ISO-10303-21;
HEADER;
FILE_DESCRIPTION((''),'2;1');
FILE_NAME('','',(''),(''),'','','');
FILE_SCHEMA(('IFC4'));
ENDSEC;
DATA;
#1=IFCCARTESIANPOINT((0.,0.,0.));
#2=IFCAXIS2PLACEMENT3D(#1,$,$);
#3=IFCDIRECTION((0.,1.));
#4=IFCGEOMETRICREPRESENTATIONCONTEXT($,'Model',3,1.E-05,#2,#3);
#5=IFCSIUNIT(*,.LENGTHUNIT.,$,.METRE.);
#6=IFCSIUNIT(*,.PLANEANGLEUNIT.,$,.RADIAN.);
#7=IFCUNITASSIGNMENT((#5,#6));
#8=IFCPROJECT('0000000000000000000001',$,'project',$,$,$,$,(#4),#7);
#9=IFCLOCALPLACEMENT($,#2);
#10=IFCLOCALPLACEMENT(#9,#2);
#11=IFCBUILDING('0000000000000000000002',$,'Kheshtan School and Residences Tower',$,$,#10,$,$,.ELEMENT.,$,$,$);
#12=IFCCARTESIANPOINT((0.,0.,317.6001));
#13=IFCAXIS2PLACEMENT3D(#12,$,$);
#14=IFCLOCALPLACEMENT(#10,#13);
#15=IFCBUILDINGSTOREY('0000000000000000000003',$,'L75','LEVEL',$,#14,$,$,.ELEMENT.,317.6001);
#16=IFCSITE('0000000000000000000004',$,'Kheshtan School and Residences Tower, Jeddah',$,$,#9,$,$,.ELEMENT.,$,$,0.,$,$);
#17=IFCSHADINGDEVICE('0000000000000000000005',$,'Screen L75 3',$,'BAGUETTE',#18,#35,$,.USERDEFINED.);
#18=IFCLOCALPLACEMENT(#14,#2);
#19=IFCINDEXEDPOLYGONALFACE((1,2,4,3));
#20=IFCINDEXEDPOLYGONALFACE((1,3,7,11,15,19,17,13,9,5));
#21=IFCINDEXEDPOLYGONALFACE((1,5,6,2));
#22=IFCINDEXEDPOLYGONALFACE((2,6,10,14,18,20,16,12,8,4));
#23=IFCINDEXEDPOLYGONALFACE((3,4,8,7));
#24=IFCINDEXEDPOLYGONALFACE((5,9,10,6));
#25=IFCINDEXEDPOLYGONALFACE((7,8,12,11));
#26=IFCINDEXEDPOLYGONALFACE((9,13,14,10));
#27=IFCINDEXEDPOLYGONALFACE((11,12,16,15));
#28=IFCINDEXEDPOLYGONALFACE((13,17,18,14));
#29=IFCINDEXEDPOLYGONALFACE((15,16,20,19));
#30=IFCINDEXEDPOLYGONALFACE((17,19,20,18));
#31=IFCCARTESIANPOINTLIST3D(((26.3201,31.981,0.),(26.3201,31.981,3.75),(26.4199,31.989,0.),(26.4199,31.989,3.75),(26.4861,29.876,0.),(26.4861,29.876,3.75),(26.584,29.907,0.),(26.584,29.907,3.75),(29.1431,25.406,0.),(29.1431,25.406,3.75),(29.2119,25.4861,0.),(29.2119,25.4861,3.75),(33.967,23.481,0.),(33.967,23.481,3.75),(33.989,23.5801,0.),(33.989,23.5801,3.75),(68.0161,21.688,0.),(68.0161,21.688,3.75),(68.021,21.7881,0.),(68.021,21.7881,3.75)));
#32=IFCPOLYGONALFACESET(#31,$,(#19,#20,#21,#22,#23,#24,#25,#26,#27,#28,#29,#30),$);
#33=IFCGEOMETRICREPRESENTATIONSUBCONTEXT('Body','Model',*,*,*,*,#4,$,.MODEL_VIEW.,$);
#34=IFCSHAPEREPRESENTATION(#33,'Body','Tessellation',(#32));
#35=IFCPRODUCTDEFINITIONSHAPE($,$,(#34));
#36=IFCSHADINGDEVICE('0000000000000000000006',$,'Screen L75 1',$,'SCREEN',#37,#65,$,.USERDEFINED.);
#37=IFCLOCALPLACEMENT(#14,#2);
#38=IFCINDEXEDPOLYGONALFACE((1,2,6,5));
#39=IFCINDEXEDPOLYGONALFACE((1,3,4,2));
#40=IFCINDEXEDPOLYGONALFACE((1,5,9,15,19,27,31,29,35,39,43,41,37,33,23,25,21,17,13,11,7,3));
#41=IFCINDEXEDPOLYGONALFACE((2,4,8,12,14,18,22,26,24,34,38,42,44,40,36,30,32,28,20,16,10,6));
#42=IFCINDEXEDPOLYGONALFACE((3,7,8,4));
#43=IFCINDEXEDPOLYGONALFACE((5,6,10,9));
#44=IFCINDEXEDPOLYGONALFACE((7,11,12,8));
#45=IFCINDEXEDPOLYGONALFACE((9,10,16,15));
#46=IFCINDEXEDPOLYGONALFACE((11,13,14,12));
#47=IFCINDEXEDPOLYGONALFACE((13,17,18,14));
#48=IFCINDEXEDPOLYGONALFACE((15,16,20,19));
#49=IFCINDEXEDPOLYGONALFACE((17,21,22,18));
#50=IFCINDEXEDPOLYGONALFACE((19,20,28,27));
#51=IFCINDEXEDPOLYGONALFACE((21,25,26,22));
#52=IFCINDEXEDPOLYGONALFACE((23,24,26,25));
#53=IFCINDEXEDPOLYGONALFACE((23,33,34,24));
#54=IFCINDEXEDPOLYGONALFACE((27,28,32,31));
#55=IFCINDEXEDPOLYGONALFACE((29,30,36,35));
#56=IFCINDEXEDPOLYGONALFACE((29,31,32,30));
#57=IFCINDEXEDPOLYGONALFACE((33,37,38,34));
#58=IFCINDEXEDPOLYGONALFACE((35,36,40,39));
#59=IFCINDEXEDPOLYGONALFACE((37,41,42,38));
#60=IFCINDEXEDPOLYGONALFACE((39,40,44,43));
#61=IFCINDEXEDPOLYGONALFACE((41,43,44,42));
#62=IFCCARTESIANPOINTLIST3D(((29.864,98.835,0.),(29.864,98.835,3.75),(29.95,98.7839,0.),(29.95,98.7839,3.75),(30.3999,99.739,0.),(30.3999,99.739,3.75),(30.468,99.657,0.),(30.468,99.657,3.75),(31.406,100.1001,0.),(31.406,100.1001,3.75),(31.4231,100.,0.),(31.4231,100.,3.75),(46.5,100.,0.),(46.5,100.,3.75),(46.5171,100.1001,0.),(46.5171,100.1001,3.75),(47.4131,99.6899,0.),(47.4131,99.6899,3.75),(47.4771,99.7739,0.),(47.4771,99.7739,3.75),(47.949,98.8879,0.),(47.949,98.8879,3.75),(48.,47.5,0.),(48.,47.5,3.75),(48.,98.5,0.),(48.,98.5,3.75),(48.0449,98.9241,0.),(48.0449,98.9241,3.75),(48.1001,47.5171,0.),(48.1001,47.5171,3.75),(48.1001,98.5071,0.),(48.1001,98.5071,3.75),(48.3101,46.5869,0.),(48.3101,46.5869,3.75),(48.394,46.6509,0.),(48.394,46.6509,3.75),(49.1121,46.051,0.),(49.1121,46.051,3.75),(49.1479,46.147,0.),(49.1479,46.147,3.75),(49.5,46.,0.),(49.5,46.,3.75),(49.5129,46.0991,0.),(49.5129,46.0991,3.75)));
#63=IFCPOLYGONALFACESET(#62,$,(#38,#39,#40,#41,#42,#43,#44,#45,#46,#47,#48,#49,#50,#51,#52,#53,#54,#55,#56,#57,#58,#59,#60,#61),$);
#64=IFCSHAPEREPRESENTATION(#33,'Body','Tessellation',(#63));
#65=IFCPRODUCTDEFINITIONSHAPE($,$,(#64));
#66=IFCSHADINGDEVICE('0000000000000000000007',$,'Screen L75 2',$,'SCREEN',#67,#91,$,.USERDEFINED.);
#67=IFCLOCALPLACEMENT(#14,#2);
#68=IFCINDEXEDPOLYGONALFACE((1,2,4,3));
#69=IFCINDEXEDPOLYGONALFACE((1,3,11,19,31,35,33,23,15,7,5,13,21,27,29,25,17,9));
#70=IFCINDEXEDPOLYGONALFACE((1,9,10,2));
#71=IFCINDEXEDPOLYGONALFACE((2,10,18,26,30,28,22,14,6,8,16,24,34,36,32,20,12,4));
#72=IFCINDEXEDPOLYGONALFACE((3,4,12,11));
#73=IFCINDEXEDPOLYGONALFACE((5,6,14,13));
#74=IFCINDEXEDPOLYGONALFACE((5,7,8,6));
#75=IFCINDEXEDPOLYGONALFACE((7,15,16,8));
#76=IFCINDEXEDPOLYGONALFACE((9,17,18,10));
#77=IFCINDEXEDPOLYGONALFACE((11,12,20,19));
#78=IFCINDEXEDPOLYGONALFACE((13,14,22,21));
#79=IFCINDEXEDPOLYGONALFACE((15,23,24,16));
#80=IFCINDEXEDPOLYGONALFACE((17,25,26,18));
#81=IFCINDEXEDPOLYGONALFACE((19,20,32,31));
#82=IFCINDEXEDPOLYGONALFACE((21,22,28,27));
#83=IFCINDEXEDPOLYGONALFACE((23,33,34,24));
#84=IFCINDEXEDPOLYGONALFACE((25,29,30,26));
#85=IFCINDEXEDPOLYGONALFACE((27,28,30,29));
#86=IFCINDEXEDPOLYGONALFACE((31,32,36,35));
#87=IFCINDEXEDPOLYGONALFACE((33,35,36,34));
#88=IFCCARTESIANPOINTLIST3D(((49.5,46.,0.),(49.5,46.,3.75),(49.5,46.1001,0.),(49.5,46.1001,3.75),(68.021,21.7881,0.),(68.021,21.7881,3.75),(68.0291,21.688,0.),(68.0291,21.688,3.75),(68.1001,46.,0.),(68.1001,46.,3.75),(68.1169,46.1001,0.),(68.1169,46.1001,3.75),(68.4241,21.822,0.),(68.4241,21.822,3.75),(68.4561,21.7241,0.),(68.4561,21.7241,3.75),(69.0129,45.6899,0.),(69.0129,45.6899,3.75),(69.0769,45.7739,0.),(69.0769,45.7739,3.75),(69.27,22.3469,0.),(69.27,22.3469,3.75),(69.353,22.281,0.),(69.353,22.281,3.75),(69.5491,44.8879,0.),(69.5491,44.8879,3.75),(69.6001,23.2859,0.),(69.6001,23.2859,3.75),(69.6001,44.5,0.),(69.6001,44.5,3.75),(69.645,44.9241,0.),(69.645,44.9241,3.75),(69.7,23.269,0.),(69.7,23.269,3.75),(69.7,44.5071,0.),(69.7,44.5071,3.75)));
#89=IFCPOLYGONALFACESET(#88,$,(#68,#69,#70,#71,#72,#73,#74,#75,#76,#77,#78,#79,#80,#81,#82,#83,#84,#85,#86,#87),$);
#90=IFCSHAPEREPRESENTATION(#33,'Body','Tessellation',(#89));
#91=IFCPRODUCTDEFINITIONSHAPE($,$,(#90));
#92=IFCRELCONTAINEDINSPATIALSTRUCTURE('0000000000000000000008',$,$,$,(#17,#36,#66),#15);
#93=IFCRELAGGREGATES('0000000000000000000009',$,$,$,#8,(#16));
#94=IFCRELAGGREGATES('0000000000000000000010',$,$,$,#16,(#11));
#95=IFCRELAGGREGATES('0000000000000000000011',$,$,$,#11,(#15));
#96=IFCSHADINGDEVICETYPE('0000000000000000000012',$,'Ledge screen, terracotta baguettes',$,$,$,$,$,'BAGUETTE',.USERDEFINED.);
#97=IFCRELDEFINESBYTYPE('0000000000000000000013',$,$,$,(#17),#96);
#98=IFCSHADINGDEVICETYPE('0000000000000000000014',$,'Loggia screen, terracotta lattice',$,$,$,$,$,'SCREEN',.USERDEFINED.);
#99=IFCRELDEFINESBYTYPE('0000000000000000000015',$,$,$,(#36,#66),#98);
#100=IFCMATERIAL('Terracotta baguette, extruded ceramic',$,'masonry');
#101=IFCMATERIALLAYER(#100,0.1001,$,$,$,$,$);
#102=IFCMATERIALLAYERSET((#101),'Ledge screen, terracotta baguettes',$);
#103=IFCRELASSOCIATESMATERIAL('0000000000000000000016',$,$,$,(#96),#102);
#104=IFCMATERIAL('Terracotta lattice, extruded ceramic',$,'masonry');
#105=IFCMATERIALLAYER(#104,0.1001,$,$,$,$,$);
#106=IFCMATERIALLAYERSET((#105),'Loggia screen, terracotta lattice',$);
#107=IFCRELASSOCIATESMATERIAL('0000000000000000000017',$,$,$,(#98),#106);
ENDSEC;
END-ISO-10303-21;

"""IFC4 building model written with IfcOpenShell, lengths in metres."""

from ifc_helpers import new_model, si_unit, direction, frame, origin, place, context, subcontext, project, spatial, polyline, outline, extrude, material, layer, layer_set, type_object, element, save


model = new_model("IFC4")

# Units and contexts
model_context = context("Model", 3, precision=1e-05, world=origin(), true_north=direction((0.0, 1.0)))
body_context = subcontext(model_context, "Body", "Model", "MODEL_VIEW")
ifc_project = project(units=[si_unit("LENGTHUNIT", "METRE"), si_unit("PLANEANGLEUNIT", "RADIAN")], contexts=[model_context])

# Site, building, storey
site_placement = place(None, origin())
site = spatial("IfcSite", under=ifc_project, at=site_placement, Name="Kheshtan School and Residences Tower, Jeddah", CompositionType="ELEMENT", RefElevation=0.0)
building_placement = place(site_placement, origin())
building = spatial("IfcBuilding", under=site, at=building_placement, Name="Kheshtan School and Residences Tower", CompositionType="ELEMENT")
storey_placement = place(building_placement, frame((0.0, 0.0, 317.6001)))
storey = spatial("IfcBuildingStorey", under=building, at=storey_placement, Name="L75", Description="LEVEL", CompositionType="ELEMENT", Elevation=317.6001)

# Shading devices
ifc_material_1 = material(Name="Terracotta baguette, extruded ceramic", Category="masonry")
ifc_layer_1 = layer(ifc_material_1, 0.1001)
ifc_layer_set_1 = layer_set([ifc_layer_1], Name="Ledge screen, terracotta baguettes")
shading_device_type_1 = type_object("IfcShadingDeviceType", Name="Ledge screen, terracotta baguettes", ElementType="BAGUETTE", PredefinedType="USERDEFINED", material=ifc_layer_set_1)
shading_device_1_placement = place(storey_placement, origin())
element("IfcShadingDevice", 1, at=shading_device_1_placement, inside=storey, type_object=shading_device_type_1, Name="Screen L75 3", ObjectType="BAGUETTE", PredefinedType="USERDEFINED", context=body_context, shape_type="SweptSolid", body=[
    extrude(outline(polyline([(68.021, 21.7881), (33.989, 23.5801), (29.2119, 25.4861), (26.584, 29.907), (26.4199, 31.989), (26.3201, 31.981), (26.4861, 29.876), (29.1431, 25.406), (33.967, 23.481), (68.0161, 21.688), (68.021, 21.7881)])), origin(), (0.0, 0.0, 1.0), 3.75),
])
ifc_material_2 = material(Name="Terracotta lattice, extruded ceramic", Category="masonry")
ifc_layer_2 = layer(ifc_material_2, 0.1001)
ifc_layer_set_2 = layer_set([ifc_layer_2], Name="Loggia screen, terracotta lattice")
shading_device_type_2 = type_object("IfcShadingDeviceType", Name="Loggia screen, terracotta lattice", ElementType="SCREEN", PredefinedType="USERDEFINED", material=ifc_layer_set_2)
shading_device_2_placement = place(storey_placement, origin())
element("IfcShadingDevice", 2, at=shading_device_2_placement, inside=storey, type_object=shading_device_type_2, Name="Screen L75 1", ObjectType="SCREEN", PredefinedType="USERDEFINED", context=body_context, shape_type="SweptSolid", body=[
    extrude(outline(polyline([(29.95, 98.7839), (30.468, 99.657), (31.4231, 100.0), (46.5, 100.0), (47.4131, 99.6899), (47.949, 98.8879), (48.0, 98.5), (48.0, 47.5), (48.3101, 46.5869), (49.1121, 46.051), (49.5, 46.0), (49.5129, 46.0991), (49.1479, 46.147), (48.394, 46.6509), (48.1001, 47.5171), (48.1001, 98.5071), (48.0449, 98.9241), (47.4771, 99.7739), (46.5171, 100.1001), (31.406, 100.1001), (30.3999, 99.739), (29.864, 98.835), (29.95, 98.7839)])), origin(), (0.0, 0.0, 1.0), 3.75),
])
shading_device_3_placement = place(storey_placement, origin())
element("IfcShadingDevice", 3, at=shading_device_3_placement, inside=storey, type_object=shading_device_type_2, Name="Screen L75 2", ObjectType="SCREEN", PredefinedType="USERDEFINED", context=body_context, shape_type="SweptSolid", body=[
    extrude(outline(polyline([(49.5, 46.0), (68.1001, 46.0), (69.0129, 45.6899), (69.5491, 44.8879), (69.6001, 44.5), (69.6001, 23.2859), (69.27, 22.3469), (68.4241, 21.822), (68.021, 21.7881), (68.0291, 21.688), (68.4561, 21.7241), (69.353, 22.281), (69.7, 23.269), (69.7, 44.5071), (69.645, 44.9241), (69.0769, 45.7739), (68.1169, 46.1001), (49.5, 46.1001), (49.5, 46.0)])), origin(), (0.0, 0.0, 1.0), 3.75),
])

save(model, "model.ifc")
